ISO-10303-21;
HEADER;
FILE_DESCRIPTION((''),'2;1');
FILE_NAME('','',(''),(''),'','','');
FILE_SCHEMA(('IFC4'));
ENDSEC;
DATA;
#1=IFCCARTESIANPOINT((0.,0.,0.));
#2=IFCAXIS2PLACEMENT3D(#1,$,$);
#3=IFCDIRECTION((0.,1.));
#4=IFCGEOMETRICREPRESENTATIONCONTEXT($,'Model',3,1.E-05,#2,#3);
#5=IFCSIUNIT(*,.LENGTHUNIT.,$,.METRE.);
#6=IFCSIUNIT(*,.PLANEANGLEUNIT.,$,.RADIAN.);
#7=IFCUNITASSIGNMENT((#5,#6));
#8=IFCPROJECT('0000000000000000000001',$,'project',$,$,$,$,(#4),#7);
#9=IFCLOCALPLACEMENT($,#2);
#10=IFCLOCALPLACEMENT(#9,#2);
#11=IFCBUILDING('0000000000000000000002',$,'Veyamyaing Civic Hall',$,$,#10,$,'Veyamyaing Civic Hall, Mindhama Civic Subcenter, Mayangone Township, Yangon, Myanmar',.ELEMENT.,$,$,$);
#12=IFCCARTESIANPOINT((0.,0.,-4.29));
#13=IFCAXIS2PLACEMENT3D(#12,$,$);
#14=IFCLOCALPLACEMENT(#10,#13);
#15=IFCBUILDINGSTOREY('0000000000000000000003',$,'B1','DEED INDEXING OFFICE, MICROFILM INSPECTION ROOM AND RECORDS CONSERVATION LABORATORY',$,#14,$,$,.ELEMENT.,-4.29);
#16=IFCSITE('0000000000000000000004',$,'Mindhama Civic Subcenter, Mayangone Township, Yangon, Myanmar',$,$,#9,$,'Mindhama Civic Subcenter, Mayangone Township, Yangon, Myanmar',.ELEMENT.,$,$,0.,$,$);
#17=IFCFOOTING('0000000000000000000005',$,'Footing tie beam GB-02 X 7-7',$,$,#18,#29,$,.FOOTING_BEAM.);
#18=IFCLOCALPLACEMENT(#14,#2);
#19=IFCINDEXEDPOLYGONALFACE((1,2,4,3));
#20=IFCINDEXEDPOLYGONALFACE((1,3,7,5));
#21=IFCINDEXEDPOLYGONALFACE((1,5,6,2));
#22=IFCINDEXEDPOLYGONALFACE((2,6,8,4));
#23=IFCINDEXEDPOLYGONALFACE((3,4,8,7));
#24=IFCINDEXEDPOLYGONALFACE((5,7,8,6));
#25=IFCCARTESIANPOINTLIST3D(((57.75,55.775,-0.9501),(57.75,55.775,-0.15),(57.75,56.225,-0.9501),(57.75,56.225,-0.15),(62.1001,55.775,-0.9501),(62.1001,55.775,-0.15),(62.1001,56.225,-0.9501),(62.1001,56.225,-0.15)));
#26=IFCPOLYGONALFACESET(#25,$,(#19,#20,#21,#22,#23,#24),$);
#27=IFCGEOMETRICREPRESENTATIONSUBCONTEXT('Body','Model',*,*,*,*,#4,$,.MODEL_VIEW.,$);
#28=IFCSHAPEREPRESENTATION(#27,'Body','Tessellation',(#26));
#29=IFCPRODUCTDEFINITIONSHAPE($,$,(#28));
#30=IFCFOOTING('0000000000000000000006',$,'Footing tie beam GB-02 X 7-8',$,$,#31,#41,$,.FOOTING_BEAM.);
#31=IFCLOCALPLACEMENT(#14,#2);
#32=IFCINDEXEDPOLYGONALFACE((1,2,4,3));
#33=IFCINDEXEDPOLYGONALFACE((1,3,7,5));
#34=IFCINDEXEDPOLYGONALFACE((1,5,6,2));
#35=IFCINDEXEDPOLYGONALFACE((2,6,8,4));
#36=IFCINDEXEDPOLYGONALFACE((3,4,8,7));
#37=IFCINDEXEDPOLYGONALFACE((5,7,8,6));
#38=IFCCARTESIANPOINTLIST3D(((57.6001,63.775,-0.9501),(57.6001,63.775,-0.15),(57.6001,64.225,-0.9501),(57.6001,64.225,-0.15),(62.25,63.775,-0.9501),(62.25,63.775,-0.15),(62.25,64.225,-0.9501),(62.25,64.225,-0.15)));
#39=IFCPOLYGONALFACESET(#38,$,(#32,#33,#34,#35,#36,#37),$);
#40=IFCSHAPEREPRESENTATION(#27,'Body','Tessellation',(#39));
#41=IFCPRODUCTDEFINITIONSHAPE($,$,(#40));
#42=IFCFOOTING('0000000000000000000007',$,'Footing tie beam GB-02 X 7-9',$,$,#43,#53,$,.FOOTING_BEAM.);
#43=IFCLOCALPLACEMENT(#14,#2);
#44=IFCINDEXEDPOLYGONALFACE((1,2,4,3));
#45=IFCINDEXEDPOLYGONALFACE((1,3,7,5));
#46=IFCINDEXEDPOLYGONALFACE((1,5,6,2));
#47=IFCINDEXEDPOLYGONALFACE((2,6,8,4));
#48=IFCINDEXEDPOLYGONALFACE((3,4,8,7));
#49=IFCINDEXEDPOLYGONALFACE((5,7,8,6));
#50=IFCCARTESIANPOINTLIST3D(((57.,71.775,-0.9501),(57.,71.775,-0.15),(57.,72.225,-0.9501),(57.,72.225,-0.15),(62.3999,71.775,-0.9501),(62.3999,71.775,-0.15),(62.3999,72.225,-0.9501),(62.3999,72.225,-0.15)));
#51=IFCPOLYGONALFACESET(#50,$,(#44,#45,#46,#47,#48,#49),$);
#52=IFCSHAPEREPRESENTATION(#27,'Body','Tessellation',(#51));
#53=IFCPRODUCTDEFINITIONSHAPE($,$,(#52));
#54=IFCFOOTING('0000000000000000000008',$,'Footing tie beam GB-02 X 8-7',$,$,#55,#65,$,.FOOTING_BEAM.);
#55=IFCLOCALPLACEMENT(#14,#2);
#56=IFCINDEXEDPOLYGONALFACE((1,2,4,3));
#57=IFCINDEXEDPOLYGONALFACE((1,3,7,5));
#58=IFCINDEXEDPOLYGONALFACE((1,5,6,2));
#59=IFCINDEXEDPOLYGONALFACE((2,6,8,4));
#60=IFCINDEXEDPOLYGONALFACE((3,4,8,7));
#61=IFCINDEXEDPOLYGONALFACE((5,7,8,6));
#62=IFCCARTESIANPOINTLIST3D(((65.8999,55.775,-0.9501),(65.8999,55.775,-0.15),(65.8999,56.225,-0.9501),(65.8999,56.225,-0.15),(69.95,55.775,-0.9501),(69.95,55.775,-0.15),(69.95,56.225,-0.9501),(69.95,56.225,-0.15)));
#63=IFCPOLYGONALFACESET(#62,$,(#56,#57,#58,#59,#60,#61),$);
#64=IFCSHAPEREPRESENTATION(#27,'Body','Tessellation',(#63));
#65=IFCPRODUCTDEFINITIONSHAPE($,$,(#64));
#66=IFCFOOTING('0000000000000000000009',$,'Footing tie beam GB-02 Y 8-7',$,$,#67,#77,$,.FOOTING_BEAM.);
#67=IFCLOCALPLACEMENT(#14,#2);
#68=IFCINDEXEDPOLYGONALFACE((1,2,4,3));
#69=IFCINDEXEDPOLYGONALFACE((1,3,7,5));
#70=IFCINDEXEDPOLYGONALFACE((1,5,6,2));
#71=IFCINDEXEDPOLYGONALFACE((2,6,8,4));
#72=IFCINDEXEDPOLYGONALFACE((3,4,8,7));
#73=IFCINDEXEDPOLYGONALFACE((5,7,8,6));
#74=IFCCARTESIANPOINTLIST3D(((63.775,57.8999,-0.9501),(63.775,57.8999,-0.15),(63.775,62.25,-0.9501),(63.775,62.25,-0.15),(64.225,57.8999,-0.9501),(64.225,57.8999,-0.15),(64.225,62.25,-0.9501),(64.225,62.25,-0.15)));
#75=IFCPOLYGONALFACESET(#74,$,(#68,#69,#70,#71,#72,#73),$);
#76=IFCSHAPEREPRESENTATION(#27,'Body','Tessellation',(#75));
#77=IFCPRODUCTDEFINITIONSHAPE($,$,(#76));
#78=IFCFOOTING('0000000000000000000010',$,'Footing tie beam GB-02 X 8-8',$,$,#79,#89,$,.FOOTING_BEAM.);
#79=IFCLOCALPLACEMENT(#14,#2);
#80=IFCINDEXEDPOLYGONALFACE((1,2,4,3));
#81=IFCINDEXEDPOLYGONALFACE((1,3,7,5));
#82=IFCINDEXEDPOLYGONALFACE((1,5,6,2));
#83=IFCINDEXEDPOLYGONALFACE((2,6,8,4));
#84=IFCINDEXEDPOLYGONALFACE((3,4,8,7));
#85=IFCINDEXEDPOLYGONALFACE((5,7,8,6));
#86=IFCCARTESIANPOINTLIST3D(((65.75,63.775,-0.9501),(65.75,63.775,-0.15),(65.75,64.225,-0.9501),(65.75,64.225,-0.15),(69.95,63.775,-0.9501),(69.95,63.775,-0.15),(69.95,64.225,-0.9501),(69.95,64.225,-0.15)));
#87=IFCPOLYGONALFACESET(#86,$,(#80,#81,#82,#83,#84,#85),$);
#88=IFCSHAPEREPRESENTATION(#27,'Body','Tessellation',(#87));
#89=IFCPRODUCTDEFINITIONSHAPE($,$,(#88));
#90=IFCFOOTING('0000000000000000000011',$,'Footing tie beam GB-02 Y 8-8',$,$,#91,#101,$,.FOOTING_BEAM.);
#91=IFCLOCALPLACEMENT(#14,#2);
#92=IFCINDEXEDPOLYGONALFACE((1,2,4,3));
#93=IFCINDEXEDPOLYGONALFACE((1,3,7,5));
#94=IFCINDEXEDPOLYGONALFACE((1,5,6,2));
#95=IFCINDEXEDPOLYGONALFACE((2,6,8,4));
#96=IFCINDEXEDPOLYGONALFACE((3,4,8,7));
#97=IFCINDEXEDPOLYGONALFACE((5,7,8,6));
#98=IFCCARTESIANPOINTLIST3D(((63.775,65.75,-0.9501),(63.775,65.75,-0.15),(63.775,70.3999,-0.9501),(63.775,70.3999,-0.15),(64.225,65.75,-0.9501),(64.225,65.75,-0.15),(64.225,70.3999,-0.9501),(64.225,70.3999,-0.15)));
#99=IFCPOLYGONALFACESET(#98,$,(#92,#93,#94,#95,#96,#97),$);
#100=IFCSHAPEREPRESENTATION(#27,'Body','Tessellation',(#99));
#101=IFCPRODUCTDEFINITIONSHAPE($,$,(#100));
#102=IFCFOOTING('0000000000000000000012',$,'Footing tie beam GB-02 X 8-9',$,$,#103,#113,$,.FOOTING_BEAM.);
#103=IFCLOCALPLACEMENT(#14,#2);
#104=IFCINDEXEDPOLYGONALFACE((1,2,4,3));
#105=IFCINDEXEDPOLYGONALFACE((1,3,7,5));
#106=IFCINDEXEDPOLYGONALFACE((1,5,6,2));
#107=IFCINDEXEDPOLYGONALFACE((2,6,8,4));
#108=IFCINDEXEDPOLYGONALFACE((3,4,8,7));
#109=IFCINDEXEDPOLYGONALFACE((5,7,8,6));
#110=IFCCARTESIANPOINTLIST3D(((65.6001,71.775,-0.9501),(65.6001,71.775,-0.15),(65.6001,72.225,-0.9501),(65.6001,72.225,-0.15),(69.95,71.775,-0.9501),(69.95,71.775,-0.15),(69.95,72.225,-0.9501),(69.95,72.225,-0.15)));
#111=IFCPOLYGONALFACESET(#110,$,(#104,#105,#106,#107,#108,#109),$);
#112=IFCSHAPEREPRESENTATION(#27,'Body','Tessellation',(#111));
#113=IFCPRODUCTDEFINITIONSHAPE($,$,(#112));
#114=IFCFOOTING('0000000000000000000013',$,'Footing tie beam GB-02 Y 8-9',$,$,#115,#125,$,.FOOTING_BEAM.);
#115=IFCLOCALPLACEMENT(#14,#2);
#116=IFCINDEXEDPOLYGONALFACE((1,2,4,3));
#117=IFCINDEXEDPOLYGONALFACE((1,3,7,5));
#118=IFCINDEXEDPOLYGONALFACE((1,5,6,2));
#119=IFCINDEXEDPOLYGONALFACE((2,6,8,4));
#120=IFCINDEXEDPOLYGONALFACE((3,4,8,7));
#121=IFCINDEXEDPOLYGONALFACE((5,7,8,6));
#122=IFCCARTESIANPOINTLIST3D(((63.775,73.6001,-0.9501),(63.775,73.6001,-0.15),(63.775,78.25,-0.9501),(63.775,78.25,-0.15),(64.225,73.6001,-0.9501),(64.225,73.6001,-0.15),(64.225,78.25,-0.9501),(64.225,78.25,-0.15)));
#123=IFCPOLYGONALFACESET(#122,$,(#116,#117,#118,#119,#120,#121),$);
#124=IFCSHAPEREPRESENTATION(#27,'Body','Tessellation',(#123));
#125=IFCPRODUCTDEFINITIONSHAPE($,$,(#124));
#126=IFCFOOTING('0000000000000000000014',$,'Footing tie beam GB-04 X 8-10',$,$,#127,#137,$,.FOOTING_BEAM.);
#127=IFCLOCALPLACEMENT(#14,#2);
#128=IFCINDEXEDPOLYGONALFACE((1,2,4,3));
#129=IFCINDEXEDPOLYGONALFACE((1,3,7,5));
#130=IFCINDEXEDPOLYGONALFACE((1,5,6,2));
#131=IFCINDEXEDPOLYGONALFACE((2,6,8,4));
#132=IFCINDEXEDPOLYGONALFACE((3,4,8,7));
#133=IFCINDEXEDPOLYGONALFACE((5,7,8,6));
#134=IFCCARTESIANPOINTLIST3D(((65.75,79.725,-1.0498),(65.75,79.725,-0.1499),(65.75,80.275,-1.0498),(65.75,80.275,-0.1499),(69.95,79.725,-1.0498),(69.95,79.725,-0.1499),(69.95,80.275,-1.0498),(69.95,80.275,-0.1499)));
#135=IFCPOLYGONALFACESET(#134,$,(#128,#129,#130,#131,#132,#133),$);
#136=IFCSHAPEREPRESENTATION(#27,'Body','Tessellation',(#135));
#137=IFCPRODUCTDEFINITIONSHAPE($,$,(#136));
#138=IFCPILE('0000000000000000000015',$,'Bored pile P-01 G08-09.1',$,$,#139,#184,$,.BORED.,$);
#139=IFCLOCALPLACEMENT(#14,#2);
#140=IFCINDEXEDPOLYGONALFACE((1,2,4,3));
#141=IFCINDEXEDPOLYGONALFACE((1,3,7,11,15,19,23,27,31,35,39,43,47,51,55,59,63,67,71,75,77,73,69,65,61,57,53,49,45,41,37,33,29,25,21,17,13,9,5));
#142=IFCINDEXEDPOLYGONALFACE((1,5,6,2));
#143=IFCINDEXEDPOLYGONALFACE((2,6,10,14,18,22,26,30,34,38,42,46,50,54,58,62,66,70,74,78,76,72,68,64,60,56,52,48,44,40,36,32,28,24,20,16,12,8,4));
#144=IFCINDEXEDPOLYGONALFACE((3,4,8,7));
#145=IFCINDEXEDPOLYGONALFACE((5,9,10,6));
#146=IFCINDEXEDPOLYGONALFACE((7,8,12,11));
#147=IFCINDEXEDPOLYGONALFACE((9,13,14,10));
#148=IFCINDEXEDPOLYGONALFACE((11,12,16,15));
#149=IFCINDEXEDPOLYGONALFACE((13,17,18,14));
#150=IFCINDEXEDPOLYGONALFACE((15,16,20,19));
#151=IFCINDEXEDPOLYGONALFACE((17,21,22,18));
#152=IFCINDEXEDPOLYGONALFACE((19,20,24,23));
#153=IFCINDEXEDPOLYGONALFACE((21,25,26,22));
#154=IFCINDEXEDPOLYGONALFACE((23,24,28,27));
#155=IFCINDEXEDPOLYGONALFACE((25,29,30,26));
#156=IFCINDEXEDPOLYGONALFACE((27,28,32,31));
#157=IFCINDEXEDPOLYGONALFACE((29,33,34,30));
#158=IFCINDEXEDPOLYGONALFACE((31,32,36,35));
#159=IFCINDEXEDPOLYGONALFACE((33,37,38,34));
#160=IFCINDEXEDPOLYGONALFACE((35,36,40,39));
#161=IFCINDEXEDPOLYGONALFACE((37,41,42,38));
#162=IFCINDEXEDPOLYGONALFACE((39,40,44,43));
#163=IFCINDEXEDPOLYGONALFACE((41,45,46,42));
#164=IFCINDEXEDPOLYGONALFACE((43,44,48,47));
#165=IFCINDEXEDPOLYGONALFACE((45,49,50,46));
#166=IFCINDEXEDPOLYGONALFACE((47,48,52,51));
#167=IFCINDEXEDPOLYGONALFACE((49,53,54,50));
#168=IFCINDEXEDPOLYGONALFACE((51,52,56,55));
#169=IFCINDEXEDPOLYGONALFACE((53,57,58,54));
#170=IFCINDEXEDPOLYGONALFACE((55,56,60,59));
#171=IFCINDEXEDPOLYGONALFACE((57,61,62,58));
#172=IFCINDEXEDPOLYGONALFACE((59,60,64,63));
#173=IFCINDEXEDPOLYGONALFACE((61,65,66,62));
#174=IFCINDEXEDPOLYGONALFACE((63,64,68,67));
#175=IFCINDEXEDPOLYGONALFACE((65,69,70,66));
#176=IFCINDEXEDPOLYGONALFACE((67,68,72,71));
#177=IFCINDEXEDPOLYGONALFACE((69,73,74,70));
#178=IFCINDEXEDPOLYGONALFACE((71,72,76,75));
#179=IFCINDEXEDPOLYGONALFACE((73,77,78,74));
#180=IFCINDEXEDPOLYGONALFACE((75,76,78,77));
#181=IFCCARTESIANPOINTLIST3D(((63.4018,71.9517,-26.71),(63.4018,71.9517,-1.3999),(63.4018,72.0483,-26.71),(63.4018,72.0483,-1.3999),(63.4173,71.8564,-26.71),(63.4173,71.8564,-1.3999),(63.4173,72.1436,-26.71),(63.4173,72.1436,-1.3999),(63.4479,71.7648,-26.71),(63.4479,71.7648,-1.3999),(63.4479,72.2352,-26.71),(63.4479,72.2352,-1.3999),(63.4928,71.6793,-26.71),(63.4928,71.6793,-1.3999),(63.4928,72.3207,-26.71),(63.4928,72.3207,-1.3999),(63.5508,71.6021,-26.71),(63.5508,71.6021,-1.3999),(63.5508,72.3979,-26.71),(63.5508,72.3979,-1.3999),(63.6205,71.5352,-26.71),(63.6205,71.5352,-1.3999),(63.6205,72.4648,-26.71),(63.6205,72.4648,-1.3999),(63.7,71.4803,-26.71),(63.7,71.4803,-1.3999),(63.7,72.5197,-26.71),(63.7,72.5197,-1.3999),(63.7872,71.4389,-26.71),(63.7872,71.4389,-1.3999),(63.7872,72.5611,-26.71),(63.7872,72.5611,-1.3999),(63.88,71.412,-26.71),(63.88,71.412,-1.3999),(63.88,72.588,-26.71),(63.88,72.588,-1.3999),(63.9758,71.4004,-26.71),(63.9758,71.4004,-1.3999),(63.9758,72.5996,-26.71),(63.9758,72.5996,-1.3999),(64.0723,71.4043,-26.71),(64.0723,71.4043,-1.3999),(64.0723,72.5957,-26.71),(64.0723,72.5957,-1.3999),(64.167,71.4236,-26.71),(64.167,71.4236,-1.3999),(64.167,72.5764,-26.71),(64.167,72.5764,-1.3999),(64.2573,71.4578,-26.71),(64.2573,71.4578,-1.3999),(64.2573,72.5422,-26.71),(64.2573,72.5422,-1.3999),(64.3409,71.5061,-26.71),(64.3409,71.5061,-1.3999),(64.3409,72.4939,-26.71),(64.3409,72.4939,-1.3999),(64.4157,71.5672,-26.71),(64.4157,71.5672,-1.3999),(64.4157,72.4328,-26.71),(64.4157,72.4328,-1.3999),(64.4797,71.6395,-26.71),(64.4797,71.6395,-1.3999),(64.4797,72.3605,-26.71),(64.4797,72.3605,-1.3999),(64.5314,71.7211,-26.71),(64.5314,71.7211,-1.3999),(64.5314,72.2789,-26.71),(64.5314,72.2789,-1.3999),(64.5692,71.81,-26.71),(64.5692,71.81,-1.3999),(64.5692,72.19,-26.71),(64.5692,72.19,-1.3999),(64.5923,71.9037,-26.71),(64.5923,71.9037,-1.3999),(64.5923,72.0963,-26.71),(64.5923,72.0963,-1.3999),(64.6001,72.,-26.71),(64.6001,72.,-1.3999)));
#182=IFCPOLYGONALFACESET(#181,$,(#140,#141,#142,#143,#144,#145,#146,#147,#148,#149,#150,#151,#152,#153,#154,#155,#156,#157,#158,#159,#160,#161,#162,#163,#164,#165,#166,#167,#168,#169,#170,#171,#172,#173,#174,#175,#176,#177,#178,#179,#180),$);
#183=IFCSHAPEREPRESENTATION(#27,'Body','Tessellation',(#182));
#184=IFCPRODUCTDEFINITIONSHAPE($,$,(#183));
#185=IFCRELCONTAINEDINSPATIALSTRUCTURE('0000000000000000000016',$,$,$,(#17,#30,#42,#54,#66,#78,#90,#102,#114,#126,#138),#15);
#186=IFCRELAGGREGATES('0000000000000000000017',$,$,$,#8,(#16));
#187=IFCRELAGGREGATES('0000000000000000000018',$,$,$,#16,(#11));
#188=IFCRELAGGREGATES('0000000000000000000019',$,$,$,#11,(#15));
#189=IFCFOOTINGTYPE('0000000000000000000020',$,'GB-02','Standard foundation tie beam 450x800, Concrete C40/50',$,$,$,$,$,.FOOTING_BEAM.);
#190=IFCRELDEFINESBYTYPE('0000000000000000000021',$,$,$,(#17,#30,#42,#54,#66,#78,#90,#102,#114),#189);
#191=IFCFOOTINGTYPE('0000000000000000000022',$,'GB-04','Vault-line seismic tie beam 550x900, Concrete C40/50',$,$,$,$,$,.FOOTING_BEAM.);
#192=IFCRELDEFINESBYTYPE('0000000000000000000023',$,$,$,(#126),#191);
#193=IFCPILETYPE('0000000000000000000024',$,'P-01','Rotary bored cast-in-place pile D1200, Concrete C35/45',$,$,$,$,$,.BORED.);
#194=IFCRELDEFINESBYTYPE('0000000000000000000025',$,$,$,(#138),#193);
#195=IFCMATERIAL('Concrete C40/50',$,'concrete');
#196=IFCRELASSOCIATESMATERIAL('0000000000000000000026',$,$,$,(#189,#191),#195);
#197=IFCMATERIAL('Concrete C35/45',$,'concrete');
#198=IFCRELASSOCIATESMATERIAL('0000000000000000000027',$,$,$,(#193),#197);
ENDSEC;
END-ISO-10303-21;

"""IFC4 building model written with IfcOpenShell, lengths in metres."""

from ifc_helpers import new_model, si_unit, direction, frame, origin, origin_2d, place, context, subcontext, project, spatial, rectangle, circle, extrude, material, material_profile, profile_set, type_object, element, save


model = new_model("IFC4")

# Units and contexts
model_context = context("Model", 3, precision=1e-05, world=origin(), true_north=direction((0.0, 1.0)))
body_context = subcontext(model_context, "Body", "Model", "MODEL_VIEW")
ifc_project = project(units=[si_unit("LENGTHUNIT", "METRE"), si_unit("PLANEANGLEUNIT", "RADIAN")], contexts=[model_context])

# Site, building, storey
site_placement = place(None, origin())
site = spatial("IfcSite", under=ifc_project, at=site_placement, Name="Mindhama Civic Subcenter, Mayangone Township, Yangon, Myanmar", LongName="Mindhama Civic Subcenter, Mayangone Township, Yangon, Myanmar", CompositionType="ELEMENT", RefElevation=0.0)
building_placement = place(site_placement, origin())
building = spatial("IfcBuilding", under=site, at=building_placement, Name="Veyamyaing Civic Hall", LongName="Veyamyaing Civic Hall, Mindhama Civic Subcenter, Mayangone Township, Yangon, Myanmar", CompositionType="ELEMENT")
storey_placement = place(building_placement, frame((0.0, 0.0, -4.29)))
storey = spatial("IfcBuildingStorey", under=building, at=storey_placement, Name="B1", Description="DEED INDEXING OFFICE, MICROFILM INSPECTION ROOM AND RECORDS CONSERVATION LABORATORY", CompositionType="ELEMENT", Elevation=-4.29)

# Footings
ifc_material_1 = material(Name="Concrete C40/50", Category="concrete")
ifc_material_profile_1 = material_profile(ifc_material_1, rectangle(XDim=0.45, YDim=0.8, at=origin_2d()), Name="GB-450X800")
ifc_profile_set_1 = profile_set([ifc_material_profile_1], Name="Concrete C40/50")
footing_type_1 = type_object("IfcFootingType", Name="GB-02", Description="Standard foundation tie beam 450x800, Concrete C40/50", PredefinedType="FOOTING_BEAM", material=ifc_profile_set_1)
footing_1_placement = place(storey_placement, frame((57.75, 56.0, -0.55), z_axis=(1.0, 0.0, 0.0), x_axis=(0.0, 1.0, 0.0)))
element("IfcFooting", 1, at=footing_1_placement, inside=storey, type_object=footing_type_1, Name="Footing tie beam GB-02 X 7-7", PredefinedType="FOOTING_BEAM", context=body_context, shape_type="SweptSolid", body=[
    extrude(rectangle(XDim=0.45, YDim=0.8, at=origin_2d()), origin(), (0.0, 0.0, 1.0), 4.3501),
])
footing_2_placement = place(storey_placement, frame((57.6001, 64.0, -0.55), z_axis=(1.0, 0.0, 0.0), x_axis=(0.0, 1.0, 0.0)))
element("IfcFooting", 2, at=footing_2_placement, inside=storey, type_object=footing_type_1, Name="Footing tie beam GB-02 X 7-8", PredefinedType="FOOTING_BEAM", context=body_context, shape_type="SweptSolid", body=[
    extrude(rectangle(XDim=0.45, YDim=0.8, at=origin_2d()), origin(), (0.0, 0.0, 1.0), 4.6499),
])
footing_3_placement = place(storey_placement, frame((57.0, 72.0, -0.55), z_axis=(1.0, 0.0, 0.0), x_axis=(0.0, 1.0, 0.0)))
element("IfcFooting", 3, at=footing_3_placement, inside=storey, type_object=footing_type_1, Name="Footing tie beam GB-02 X 7-9", PredefinedType="FOOTING_BEAM", context=body_context, shape_type="SweptSolid", body=[
    extrude(rectangle(XDim=0.45, YDim=0.8, at=origin_2d()), origin(), (0.0, 0.0, 1.0), 5.3999),
])
footing_4_placement = place(storey_placement, frame((65.8999, 56.0, -0.55), z_axis=(1.0, 0.0, 0.0), x_axis=(0.0, 1.0, 0.0)))
element("IfcFooting", 4, at=footing_4_placement, inside=storey, type_object=footing_type_1, Name="Footing tie beam GB-02 X 8-7", PredefinedType="FOOTING_BEAM", context=body_context, shape_type="SweptSolid", body=[
    extrude(rectangle(XDim=0.45, YDim=0.8, at=origin_2d()), origin(), (0.0, 0.0, 1.0), 4.05),
])
footing_5_placement = place(storey_placement, frame((64.0, 57.8999, -0.55), z_axis=(0.0, 1.0, 0.0), x_axis=(-1.0, 0.0, 0.0)))
element("IfcFooting", 5, at=footing_5_placement, inside=storey, type_object=footing_type_1, Name="Footing tie beam GB-02 Y 8-7", PredefinedType="FOOTING_BEAM", context=body_context, shape_type="SweptSolid", body=[
    extrude(rectangle(XDim=0.45, YDim=0.8, at=origin_2d()), origin(), (0.0, 0.0, 1.0), 4.3501),
])
footing_6_placement = place(storey_placement, frame((65.75, 64.0, -0.55), z_axis=(1.0, 0.0, 0.0), x_axis=(0.0, 1.0, 0.0)))
element("IfcFooting", 6, at=footing_6_placement, inside=storey, type_object=footing_type_1, Name="Footing tie beam GB-02 X 8-8", PredefinedType="FOOTING_BEAM", context=body_context, shape_type="SweptSolid", body=[
    extrude(rectangle(XDim=0.45, YDim=0.8, at=origin_2d()), origin(), (0.0, 0.0, 1.0), 4.2),
])
footing_7_placement = place(storey_placement, frame((64.0, 65.75, -0.55), z_axis=(0.0, 1.0, 0.0), x_axis=(-1.0, 0.0, 0.0)))
element("IfcFooting", 7, at=footing_7_placement, inside=storey, type_object=footing_type_1, Name="Footing tie beam GB-02 Y 8-8", PredefinedType="FOOTING_BEAM", context=body_context, shape_type="SweptSolid", body=[
    extrude(rectangle(XDim=0.45, YDim=0.8, at=origin_2d()), origin(), (0.0, 0.0, 1.0), 4.6499),
])
footing_8_placement = place(storey_placement, frame((65.6001, 72.0, -0.55), z_axis=(1.0, 0.0, 0.0), x_axis=(0.0, 1.0, 0.0)))
element("IfcFooting", 8, at=footing_8_placement, inside=storey, type_object=footing_type_1, Name="Footing tie beam GB-02 X 8-9", PredefinedType="FOOTING_BEAM", context=body_context, shape_type="SweptSolid", body=[
    extrude(rectangle(XDim=0.45, YDim=0.8, at=origin_2d()), origin(), (0.0, 0.0, 1.0), 4.3499),
])
footing_9_placement = place(storey_placement, frame((64.0, 73.6001, -0.55), z_axis=(0.0, 1.0, 0.0), x_axis=(-1.0, 0.0, 0.0)))
element("IfcFooting", 9, at=footing_9_placement, inside=storey, type_object=footing_type_1, Name="Footing tie beam GB-02 Y 8-9", PredefinedType="FOOTING_BEAM", context=body_context, shape_type="SweptSolid", body=[
    extrude(rectangle(XDim=0.45, YDim=0.8, at=origin_2d()), origin(), (0.0, 0.0, 1.0), 4.6499),
])
ifc_material_profile_2 = material_profile(ifc_material_1, rectangle(XDim=0.55, YDim=0.8999, at=origin_2d()), Name="GB-550X900")
ifc_profile_set_2 = profile_set([ifc_material_profile_2], Name="Concrete C40/50")
footing_type_2 = type_object("IfcFootingType", Name="GB-04", Description="Vault-line seismic tie beam 550x900, Concrete C40/50", PredefinedType="FOOTING_BEAM", material=ifc_profile_set_2)
footing_10_placement = place(storey_placement, frame((65.75, 80.0, -0.5999), z_axis=(1.0, 0.0, 0.0), x_axis=(0.0, 1.0, 0.0)))
element("IfcFooting", 10, at=footing_10_placement, inside=storey, type_object=footing_type_2, Name="Footing tie beam GB-04 X 8-10", PredefinedType="FOOTING_BEAM", context=body_context, shape_type="SweptSolid", body=[
    extrude(rectangle(XDim=0.55, YDim=0.8999, at=origin_2d()), origin(), (0.0, 0.0, 1.0), 4.2),
])

# Pile
ifc_material_2 = material(Name="Concrete C35/45", Category="concrete")
ifc_material_profile_3 = material_profile(ifc_material_2, circle(Radius=0.6001, at=origin_2d()), Name="PILE-D1200")
ifc_profile_set_3 = profile_set([ifc_material_profile_3], Name="Concrete C35/45")
pile_type_1 = type_object("IfcPileType", Name="P-01", Description="Rotary bored cast-in-place pile D1200, Concrete C35/45", PredefinedType="BORED", material=ifc_profile_set_3)
pile_placement = place(storey_placement, frame((64.0, 72.0, -1.3999), z_axis=(0.0, 0.0, -1.0), x_axis=(1.0, 0.0, 0.0)))
element("IfcPile", 11, at=pile_placement, inside=storey, type_object=pile_type_1, Name="Bored pile P-01 G08-09.1", PredefinedType="BORED", context=body_context, shape_type="SweptSolid", body=[
    extrude(circle(Radius=0.6001, at=origin_2d()), origin(), (0.0, 0.0, 1.0), 25.3101),
])

save(model, "model.ifc")
